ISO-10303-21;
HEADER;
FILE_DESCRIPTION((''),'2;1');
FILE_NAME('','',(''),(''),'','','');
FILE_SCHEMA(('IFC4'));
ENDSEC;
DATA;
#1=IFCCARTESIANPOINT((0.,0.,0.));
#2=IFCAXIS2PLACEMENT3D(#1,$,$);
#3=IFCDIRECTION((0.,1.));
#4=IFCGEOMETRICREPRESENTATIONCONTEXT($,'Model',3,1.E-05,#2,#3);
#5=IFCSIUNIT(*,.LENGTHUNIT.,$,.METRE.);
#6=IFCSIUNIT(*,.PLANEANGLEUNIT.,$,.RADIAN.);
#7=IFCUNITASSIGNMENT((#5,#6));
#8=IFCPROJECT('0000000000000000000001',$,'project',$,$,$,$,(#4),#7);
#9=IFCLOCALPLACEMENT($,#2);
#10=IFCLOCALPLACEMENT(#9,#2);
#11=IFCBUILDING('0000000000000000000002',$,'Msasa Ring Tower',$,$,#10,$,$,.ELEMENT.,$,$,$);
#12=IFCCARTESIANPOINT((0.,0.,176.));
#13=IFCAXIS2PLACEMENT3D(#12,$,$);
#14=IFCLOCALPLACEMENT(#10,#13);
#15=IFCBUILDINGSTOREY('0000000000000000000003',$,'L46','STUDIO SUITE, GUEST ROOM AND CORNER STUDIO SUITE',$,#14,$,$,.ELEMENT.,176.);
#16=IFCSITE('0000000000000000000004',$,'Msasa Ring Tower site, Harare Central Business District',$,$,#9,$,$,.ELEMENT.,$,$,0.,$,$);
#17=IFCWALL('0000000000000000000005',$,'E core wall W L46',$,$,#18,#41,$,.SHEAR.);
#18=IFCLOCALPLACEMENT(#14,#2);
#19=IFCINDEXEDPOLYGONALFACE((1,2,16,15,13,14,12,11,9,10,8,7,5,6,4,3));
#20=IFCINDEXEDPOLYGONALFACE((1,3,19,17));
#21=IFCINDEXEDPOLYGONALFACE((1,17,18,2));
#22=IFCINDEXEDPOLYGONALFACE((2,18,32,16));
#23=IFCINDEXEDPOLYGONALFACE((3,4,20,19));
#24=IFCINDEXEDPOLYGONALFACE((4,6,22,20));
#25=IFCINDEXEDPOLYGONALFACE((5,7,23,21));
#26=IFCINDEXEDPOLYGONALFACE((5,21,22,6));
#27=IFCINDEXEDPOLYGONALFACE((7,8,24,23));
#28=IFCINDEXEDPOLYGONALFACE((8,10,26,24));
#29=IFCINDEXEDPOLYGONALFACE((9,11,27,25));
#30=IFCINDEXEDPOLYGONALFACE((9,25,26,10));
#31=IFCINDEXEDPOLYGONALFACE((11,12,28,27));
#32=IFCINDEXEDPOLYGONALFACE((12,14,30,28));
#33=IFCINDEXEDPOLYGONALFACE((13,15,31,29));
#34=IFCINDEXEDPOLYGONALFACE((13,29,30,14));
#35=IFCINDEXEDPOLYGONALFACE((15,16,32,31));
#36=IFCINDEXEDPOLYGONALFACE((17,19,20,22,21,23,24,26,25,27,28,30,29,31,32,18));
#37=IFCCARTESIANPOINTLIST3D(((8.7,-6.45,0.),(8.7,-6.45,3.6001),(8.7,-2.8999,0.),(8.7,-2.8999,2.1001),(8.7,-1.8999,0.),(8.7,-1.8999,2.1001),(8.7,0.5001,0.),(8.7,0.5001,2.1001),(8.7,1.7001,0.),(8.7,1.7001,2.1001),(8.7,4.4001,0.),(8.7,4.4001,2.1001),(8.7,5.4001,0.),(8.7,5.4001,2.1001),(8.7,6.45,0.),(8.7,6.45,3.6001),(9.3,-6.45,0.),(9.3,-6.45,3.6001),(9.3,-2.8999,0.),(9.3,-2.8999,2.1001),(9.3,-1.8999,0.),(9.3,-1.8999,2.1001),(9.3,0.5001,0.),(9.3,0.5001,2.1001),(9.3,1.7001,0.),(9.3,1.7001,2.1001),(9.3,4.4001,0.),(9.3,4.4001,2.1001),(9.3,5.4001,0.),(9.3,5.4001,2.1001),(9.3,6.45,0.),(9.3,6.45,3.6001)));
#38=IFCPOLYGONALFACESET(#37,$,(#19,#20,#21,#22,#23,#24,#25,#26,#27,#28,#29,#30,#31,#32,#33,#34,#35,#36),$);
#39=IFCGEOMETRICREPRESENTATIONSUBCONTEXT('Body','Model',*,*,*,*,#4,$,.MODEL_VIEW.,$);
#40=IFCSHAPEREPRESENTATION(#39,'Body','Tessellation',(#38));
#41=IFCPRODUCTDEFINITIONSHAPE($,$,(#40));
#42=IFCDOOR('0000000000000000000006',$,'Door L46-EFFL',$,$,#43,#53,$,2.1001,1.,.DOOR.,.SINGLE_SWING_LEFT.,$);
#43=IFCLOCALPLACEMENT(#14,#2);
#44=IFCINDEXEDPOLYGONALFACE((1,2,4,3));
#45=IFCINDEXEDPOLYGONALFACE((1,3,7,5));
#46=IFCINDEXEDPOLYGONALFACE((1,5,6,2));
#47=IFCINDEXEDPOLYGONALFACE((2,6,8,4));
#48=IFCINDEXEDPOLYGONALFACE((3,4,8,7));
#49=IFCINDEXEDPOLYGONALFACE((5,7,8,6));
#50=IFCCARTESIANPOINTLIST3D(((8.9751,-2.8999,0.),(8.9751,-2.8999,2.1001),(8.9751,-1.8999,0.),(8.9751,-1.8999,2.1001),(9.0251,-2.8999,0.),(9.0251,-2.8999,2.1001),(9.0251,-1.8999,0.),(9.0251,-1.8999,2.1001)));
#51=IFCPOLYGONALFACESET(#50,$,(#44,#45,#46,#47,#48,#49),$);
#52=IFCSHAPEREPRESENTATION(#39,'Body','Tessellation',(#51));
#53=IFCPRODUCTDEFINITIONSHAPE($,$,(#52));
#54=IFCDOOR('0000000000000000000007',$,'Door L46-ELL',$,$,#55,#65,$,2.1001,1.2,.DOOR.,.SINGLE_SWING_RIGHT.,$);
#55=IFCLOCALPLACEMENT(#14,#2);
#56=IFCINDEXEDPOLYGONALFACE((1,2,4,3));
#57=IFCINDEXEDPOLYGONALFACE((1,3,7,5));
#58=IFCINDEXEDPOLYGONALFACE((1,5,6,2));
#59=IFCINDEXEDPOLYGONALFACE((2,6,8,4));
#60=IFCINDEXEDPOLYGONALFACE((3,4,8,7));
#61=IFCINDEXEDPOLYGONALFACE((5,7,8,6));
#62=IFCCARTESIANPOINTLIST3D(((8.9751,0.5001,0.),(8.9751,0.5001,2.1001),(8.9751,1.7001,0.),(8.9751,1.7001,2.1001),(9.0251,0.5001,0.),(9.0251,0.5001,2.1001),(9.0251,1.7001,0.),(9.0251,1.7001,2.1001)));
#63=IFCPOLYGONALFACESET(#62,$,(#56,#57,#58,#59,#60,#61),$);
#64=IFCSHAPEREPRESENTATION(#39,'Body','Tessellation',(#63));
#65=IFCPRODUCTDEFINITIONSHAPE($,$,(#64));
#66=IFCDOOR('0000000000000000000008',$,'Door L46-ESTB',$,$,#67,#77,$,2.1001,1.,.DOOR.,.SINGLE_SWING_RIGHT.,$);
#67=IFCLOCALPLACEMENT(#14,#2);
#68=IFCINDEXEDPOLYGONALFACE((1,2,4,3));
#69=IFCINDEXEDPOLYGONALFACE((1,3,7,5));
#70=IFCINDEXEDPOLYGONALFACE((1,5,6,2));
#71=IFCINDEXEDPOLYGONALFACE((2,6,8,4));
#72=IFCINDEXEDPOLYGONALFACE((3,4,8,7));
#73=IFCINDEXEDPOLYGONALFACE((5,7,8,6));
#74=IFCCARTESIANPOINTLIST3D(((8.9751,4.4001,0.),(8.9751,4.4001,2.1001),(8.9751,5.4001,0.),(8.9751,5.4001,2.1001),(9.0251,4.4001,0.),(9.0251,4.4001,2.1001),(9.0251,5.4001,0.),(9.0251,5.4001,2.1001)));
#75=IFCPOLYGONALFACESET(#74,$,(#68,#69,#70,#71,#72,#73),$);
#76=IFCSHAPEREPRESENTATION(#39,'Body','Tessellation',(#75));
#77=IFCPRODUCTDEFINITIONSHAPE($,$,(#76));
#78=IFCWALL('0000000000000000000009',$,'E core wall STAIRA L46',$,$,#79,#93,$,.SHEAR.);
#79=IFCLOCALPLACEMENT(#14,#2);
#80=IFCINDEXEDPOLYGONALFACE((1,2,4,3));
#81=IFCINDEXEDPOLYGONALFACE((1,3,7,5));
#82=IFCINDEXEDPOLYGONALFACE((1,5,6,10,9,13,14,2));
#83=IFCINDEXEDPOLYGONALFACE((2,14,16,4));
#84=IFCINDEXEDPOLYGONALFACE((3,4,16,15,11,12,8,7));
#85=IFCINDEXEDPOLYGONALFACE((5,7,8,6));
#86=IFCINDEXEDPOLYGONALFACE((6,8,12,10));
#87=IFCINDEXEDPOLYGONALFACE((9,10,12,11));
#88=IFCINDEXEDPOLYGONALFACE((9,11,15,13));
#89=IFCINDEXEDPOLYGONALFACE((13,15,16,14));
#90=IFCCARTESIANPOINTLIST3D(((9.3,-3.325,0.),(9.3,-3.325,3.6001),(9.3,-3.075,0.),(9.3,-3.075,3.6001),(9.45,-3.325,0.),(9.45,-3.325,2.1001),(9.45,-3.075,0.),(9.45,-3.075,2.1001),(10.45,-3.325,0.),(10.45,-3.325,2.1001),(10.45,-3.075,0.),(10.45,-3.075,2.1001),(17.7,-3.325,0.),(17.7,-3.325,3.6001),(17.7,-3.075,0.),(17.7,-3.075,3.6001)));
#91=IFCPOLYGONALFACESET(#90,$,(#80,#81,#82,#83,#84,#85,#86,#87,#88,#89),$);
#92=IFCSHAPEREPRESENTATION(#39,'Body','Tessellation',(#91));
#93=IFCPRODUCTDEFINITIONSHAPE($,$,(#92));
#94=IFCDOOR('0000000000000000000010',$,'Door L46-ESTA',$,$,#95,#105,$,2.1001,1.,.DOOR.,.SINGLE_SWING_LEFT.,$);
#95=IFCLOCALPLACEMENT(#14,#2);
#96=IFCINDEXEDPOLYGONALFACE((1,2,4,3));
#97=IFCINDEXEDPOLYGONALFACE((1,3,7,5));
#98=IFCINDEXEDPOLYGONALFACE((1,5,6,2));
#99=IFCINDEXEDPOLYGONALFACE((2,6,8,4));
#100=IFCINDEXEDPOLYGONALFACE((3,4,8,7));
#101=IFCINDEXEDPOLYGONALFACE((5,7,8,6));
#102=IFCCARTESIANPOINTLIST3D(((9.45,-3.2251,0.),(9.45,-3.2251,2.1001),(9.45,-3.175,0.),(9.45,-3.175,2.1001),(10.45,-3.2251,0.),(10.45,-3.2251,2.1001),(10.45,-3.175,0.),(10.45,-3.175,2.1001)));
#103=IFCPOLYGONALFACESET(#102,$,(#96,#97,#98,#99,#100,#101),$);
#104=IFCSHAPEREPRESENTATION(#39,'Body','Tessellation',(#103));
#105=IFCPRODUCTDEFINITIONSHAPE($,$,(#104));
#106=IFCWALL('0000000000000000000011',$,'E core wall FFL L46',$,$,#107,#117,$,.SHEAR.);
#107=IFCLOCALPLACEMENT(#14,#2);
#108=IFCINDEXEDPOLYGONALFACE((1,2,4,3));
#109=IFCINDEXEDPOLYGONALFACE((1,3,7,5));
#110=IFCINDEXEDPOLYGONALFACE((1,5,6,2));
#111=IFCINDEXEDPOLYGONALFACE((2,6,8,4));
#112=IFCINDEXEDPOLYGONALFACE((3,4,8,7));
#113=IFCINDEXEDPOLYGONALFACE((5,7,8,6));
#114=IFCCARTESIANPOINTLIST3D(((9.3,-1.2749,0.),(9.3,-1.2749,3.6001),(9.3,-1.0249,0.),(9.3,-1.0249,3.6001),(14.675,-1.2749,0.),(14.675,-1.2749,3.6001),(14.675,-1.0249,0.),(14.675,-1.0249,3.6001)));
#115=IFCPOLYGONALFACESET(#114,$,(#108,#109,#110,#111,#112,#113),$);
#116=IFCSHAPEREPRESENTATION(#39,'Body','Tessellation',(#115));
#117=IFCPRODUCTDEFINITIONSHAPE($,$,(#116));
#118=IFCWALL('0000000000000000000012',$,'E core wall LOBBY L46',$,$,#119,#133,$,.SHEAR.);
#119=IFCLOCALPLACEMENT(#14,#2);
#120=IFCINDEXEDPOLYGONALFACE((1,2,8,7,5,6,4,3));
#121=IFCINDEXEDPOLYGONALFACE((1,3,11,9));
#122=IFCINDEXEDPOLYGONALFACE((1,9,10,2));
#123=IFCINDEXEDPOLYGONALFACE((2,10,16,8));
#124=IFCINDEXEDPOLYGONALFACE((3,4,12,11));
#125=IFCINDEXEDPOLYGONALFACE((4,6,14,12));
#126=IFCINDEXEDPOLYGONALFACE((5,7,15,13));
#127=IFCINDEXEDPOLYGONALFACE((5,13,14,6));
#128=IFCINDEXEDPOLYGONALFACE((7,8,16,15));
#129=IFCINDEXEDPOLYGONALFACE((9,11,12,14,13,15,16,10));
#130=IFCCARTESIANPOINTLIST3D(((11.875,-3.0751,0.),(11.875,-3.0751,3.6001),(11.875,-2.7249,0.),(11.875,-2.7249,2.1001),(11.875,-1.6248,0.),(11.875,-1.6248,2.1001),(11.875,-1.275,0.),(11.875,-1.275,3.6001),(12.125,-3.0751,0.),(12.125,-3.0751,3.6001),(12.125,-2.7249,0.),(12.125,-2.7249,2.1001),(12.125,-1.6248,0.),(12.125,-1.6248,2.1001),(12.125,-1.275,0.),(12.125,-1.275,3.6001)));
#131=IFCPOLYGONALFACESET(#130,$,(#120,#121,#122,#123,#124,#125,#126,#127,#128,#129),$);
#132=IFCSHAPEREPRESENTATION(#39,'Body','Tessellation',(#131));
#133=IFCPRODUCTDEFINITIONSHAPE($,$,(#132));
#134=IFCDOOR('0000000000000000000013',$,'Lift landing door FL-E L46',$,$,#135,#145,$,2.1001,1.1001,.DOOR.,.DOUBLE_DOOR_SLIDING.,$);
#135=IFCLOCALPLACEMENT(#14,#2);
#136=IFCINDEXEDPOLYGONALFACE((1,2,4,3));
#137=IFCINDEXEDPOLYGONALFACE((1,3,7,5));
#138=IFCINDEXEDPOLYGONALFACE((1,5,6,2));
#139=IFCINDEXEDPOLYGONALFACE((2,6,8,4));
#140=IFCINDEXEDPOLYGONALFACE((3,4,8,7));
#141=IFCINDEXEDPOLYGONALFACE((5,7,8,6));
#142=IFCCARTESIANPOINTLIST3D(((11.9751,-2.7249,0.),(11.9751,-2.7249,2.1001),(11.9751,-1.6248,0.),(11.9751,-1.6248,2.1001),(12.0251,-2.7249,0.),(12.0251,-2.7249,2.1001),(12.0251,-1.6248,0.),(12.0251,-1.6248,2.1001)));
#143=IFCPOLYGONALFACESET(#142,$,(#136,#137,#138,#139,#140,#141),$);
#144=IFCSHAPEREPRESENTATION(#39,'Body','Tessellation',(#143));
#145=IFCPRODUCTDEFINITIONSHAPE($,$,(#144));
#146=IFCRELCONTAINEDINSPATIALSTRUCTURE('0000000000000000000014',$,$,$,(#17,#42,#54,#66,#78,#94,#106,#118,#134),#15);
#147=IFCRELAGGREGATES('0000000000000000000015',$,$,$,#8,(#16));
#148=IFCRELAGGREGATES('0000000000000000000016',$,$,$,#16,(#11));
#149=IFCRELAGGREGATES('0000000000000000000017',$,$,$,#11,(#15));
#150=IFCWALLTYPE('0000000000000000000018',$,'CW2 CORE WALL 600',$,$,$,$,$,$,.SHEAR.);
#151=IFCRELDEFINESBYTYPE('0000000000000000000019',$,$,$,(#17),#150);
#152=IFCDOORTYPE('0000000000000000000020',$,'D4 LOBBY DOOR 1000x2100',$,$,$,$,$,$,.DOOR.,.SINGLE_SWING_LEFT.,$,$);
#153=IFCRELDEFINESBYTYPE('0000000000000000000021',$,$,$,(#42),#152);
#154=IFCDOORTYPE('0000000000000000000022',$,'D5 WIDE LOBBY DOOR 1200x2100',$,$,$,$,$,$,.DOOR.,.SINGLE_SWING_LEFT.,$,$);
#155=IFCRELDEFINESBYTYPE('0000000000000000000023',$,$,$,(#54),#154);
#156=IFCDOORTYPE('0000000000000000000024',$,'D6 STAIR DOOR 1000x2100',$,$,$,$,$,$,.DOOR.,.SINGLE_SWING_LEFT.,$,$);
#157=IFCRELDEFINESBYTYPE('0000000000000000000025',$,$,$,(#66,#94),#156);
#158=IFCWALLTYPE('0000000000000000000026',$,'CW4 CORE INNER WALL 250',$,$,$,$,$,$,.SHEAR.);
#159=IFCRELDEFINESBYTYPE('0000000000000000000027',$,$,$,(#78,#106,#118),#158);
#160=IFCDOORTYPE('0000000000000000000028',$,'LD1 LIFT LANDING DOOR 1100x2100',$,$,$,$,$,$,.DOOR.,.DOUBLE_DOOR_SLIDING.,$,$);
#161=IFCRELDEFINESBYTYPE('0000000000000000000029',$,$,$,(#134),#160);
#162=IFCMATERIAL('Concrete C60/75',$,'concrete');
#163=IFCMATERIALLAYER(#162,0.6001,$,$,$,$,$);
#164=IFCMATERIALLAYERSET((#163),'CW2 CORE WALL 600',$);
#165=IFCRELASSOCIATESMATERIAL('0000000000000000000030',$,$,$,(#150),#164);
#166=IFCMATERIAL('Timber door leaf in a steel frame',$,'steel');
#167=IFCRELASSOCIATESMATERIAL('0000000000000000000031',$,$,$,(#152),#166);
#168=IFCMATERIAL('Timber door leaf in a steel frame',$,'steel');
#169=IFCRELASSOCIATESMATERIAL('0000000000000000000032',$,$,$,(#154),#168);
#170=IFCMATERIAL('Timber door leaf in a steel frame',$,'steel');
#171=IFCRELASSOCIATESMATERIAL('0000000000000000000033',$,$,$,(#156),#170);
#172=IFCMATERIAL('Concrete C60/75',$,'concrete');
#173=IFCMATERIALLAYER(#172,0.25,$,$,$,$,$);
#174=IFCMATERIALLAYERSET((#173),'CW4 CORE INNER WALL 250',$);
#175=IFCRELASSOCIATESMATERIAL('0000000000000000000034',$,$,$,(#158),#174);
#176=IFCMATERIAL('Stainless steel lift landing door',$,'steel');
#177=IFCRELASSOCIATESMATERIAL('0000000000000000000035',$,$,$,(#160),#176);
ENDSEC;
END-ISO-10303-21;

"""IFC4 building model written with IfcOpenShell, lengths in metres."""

from ifc_helpers import new_model, si_unit, direction, frame, frame_2d, origin, place, context, subcontext, project, spatial, rectangle, extrude, material, layer, layer_set, type_object, element, fill, save


model = new_model("IFC4")

# Units and contexts
model_context = context("Model", 3, precision=1e-05, world=origin(), true_north=direction((0.0, 1.0)))
body_context = subcontext(model_context, "Body", "Model", "MODEL_VIEW")
ifc_project = project(units=[si_unit("LENGTHUNIT", "METRE"), si_unit("PLANEANGLEUNIT", "RADIAN")], contexts=[model_context])

# Site, building, storey
site_placement = place(None, origin())
site = spatial("IfcSite", under=ifc_project, at=site_placement, Name="Msasa Ring Tower site, Harare Central Business District", CompositionType="ELEMENT", RefElevation=0.0)
building_placement = place(site_placement, origin())
building = spatial("IfcBuilding", under=site, at=building_placement, Name="Msasa Ring Tower", CompositionType="ELEMENT")
storey_placement = place(building_placement, frame((0.0, 0.0, 176.0)))
storey = spatial("IfcBuildingStorey", under=building, at=storey_placement, Name="L46", Description="STUDIO SUITE, GUEST ROOM AND CORNER STUDIO SUITE", CompositionType="ELEMENT", Elevation=176.0)

# Shared definitions
ifc_material_1 = material(Name="Concrete C60/75", Category="concrete")
ifc_layer_1 = layer(ifc_material_1, 0.6001)
ifc_layer_set_1 = layer_set([ifc_layer_1], Name="CW2 CORE WALL 600")
wall_type_1 = type_object("IfcWallType", Name="CW2 CORE WALL 600", PredefinedType="SHEAR", material=ifc_layer_set_1)

# Wall, openings, doors
wall_1_placement = place(storey_placement, frame((9.0, -6.45, 0.0), z_axis=(0.0, 0.0, 1.0), x_axis=(0.0, 1.0, 0.0)))
wall_1 = element("IfcWall", 1, at=wall_1_placement, inside=storey, type_object=wall_type_1, Name="E core wall W L46", PredefinedType="SHEAR", context=body_context, shape_type="SweptSolid", body=[
    extrude(rectangle(XDim=12.8999, YDim=0.6001, at=frame_2d((6.45, 0.0))), origin(), (0.0, 0.0, 1.0), 3.6001),
])
opening_1_placement = place(wall_1_placement, frame((3.55, 0.0, 0.0)))
opening_1 = element("IfcOpeningElement", 2, at=opening_1_placement, cuts=wall_1, PredefinedType="OPENING", context=body_context, shape_type="SweptSolid", body=[
    extrude(rectangle(XDim=1.0, YDim=2.1001, at=frame_2d((0.5, 1.05))), frame((0.0, 0.3101, 0.0), z_axis=(0.0, -1.0, 0.0), x_axis=(1.0, 0.0, 0.0)), (0.0, 0.0, 1.0), 0.6201),
])
opening_2_placement = place(wall_1_placement, frame((6.95, 0.0, 0.0)))
opening_2 = element("IfcOpeningElement", 3, at=opening_2_placement, cuts=wall_1, PredefinedType="OPENING", context=body_context, shape_type="SweptSolid", body=[
    extrude(rectangle(XDim=1.2, YDim=2.1001, at=frame_2d((0.6001, 1.05))), frame((0.0, 0.3101, 0.0), z_axis=(0.0, -1.0, 0.0), x_axis=(1.0, 0.0, 0.0)), (0.0, 0.0, 1.0), 0.6201),
])
opening_3_placement = place(wall_1_placement, frame((10.8501, 0.0, 0.0)))
opening_3 = element("IfcOpeningElement", 4, at=opening_3_placement, cuts=wall_1, PredefinedType="OPENING", context=body_context, shape_type="SweptSolid", body=[
    extrude(rectangle(XDim=1.0, YDim=2.1001, at=frame_2d((0.5, 1.05))), frame((0.0, 0.3101, 0.0), z_axis=(0.0, -1.0, 0.0), x_axis=(1.0, 0.0, 0.0)), (0.0, 0.0, 1.0), 0.6201),
])
ifc_material_2 = material(Name="Timber door leaf in a steel frame", Category="steel")
door_type_1 = type_object("IfcDoorType", Name="D4 LOBBY DOOR 1000x2100", OperationType="SINGLE_SWING_LEFT", PredefinedType="DOOR", material=ifc_material_2)
door_1_placement = place(opening_1_placement, origin())
door_1 = element("IfcDoor", 5, at=door_1_placement, inside=storey, type_object=door_type_1, Name="Door L46-EFFL", OperationType="SINGLE_SWING_LEFT", OverallHeight=2.1001, OverallWidth=1.0, PredefinedType="DOOR", context=body_context, shape_type="SweptSolid", body=[
    extrude(rectangle(XDim=1.0, YDim=2.1001, at=frame_2d((0.5, 1.05))), frame((0.0, 0.0249, 0.0), z_axis=(0.0, -1.0, 0.0), x_axis=(1.0, 0.0, 0.0)), (0.0, 0.0, 1.0), 0.05),
])
fill(opening_1, door_1)
ifc_material_3 = material(Name="Timber door leaf in a steel frame", Category="steel")
door_type_2 = type_object("IfcDoorType", Name="D5 WIDE LOBBY DOOR 1200x2100", OperationType="SINGLE_SWING_LEFT", PredefinedType="DOOR", material=ifc_material_3)
door_2_placement = place(opening_2_placement, origin())
door_2 = element("IfcDoor", 6, at=door_2_placement, inside=storey, type_object=door_type_2, Name="Door L46-ELL", OperationType="SINGLE_SWING_RIGHT", OverallHeight=2.1001, OverallWidth=1.2, PredefinedType="DOOR", context=body_context, shape_type="SweptSolid", body=[
    extrude(rectangle(XDim=1.2, YDim=2.1001, at=frame_2d((0.6001, 1.05))), frame((0.0, 0.0249, 0.0), z_axis=(0.0, -1.0, 0.0), x_axis=(1.0, 0.0, 0.0)), (0.0, 0.0, 1.0), 0.05),
])
fill(opening_2, door_2)
ifc_material_4 = material(Name="Timber door leaf in a steel frame", Category="steel")
door_type_3 = type_object("IfcDoorType", Name="D6 STAIR DOOR 1000x2100", OperationType="SINGLE_SWING_LEFT", PredefinedType="DOOR", material=ifc_material_4)
door_3_placement = place(opening_3_placement, origin())
door_3 = element("IfcDoor", 7, at=door_3_placement, inside=storey, type_object=door_type_3, Name="Door L46-ESTB", OperationType="SINGLE_SWING_RIGHT", OverallHeight=2.1001, OverallWidth=1.0, PredefinedType="DOOR", context=body_context, shape_type="SweptSolid", body=[
    extrude(rectangle(XDim=1.0, YDim=2.1001, at=frame_2d((0.5, 1.05))), frame((0.0, 0.0249, 0.0), z_axis=(0.0, -1.0, 0.0), x_axis=(1.0, 0.0, 0.0)), (0.0, 0.0, 1.0), 0.05),
])
fill(opening_3, door_3)

# Wall, opening, door
ifc_material_5 = material(Name="Concrete C60/75", Category="concrete")
ifc_layer_2 = layer(ifc_material_5, 0.25)
ifc_layer_set_2 = layer_set([ifc_layer_2], Name="CW4 CORE INNER WALL 250")
wall_type_2 = type_object("IfcWallType", Name="CW4 CORE INNER WALL 250", PredefinedType="SHEAR", material=ifc_layer_set_2)
wall_2_placement = place(storey_placement, frame((9.3, -3.2, 0.0), z_axis=(0.0, 0.0, 1.0), x_axis=(1.0, 0.0, 0.0)))
wall_2 = element("IfcWall", 8, at=wall_2_placement, inside=storey, type_object=wall_type_2, Name="E core wall STAIRA L46", PredefinedType="SHEAR", context=body_context, shape_type="SweptSolid", body=[
    extrude(rectangle(XDim=8.3999, YDim=0.25, at=frame_2d((4.2, 0.0))), origin(), (0.0, 0.0, 1.0), 3.6001),
])
opening_4_placement = place(wall_2_placement, frame((0.1499, 0.0, 0.0)))
opening_4 = element("IfcOpeningElement", 9, at=opening_4_placement, cuts=wall_2, PredefinedType="OPENING", context=body_context, shape_type="SweptSolid", body=[
    extrude(rectangle(XDim=1.0, YDim=2.1001, at=frame_2d((0.5, 1.05))), frame((0.0, 0.135, 0.0), z_axis=(0.0, -1.0, 0.0), x_axis=(1.0, 0.0, 0.0)), (0.0, 0.0, 1.0), 0.27),
])
door_4_placement = place(opening_4_placement, origin())
door_4 = element("IfcDoor", 10, at=door_4_placement, inside=storey, type_object=door_type_3, Name="Door L46-ESTA", OperationType="SINGLE_SWING_LEFT", OverallHeight=2.1001, OverallWidth=1.0, PredefinedType="DOOR", context=body_context, shape_type="SweptSolid", body=[
    extrude(rectangle(XDim=1.0, YDim=2.1001, at=frame_2d((0.5, 1.05))), frame((0.0, 0.0249, 0.0), z_axis=(0.0, -1.0, 0.0), x_axis=(1.0, 0.0, 0.0)), (0.0, 0.0, 1.0), 0.05),
])
fill(opening_4, door_4)

# Wall
wall_3_placement = place(storey_placement, frame((9.3, -1.1499, 0.0), z_axis=(0.0, 0.0, 1.0), x_axis=(1.0, 0.0, 0.0)))
element("IfcWall", 11, at=wall_3_placement, inside=storey, type_object=wall_type_2, Name="E core wall FFL L46", PredefinedType="SHEAR", context=body_context, shape_type="SweptSolid", body=[
    extrude(rectangle(XDim=5.375, YDim=0.25, at=frame_2d((2.6875, 0.0))), origin(), (0.0, 0.0, 1.0), 3.6001),
])

# Wall, opening, door
wall_4_placement = place(storey_placement, frame((12.0, -3.075, 0.0), z_axis=(0.0, 0.0, 1.0), x_axis=(0.0, 1.0, 0.0)))
wall_4 = element("IfcWall", 12, at=wall_4_placement, inside=storey, type_object=wall_type_2, Name="E core wall LOBBY L46", PredefinedType="SHEAR", context=body_context, shape_type="SweptSolid", body=[
    extrude(rectangle(XDim=1.8, YDim=0.25, at=frame_2d((0.8999, 0.0))), origin(), (0.0, 0.0, 1.0), 3.6001),
])
opening_5_placement = place(wall_4_placement, frame((0.3501, 0.0, 0.0)))
opening_5 = element("IfcOpeningElement", 13, at=opening_5_placement, cuts=wall_4, PredefinedType="OPENING", context=body_context, shape_type="SweptSolid", body=[
    extrude(rectangle(XDim=1.1001, YDim=2.1001, at=frame_2d((0.55, 1.05))), frame((0.0, 0.135, 0.0), z_axis=(0.0, -1.0, 0.0), x_axis=(1.0, 0.0, 0.0)), (0.0, 0.0, 1.0), 0.27),
])
ifc_material_6 = material(Name="Stainless steel lift landing door", Category="steel")
door_type_4 = type_object("IfcDoorType", Name="LD1 LIFT LANDING DOOR 1100x2100", OperationType="DOUBLE_DOOR_SLIDING", PredefinedType="DOOR", material=ifc_material_6)
door_5_placement = place(opening_5_placement, origin())
door_5 = element("IfcDoor", 14, at=door_5_placement, inside=storey, type_object=door_type_4, Name="Lift landing door FL-E L46", OperationType="DOUBLE_DOOR_SLIDING", OverallHeight=2.1001, OverallWidth=1.1001, PredefinedType="DOOR", context=body_context, shape_type="SweptSolid", body=[
    extrude(rectangle(XDim=1.1001, YDim=2.1001, at=frame_2d((0.55, 1.05))), frame((0.0, 0.0249, 0.0), z_axis=(0.0, -1.0, 0.0), x_axis=(1.0, 0.0, 0.0)), (0.0, 0.0, 1.0), 0.05),
])
fill(opening_5, door_5)

save(model, "model.ifc")
